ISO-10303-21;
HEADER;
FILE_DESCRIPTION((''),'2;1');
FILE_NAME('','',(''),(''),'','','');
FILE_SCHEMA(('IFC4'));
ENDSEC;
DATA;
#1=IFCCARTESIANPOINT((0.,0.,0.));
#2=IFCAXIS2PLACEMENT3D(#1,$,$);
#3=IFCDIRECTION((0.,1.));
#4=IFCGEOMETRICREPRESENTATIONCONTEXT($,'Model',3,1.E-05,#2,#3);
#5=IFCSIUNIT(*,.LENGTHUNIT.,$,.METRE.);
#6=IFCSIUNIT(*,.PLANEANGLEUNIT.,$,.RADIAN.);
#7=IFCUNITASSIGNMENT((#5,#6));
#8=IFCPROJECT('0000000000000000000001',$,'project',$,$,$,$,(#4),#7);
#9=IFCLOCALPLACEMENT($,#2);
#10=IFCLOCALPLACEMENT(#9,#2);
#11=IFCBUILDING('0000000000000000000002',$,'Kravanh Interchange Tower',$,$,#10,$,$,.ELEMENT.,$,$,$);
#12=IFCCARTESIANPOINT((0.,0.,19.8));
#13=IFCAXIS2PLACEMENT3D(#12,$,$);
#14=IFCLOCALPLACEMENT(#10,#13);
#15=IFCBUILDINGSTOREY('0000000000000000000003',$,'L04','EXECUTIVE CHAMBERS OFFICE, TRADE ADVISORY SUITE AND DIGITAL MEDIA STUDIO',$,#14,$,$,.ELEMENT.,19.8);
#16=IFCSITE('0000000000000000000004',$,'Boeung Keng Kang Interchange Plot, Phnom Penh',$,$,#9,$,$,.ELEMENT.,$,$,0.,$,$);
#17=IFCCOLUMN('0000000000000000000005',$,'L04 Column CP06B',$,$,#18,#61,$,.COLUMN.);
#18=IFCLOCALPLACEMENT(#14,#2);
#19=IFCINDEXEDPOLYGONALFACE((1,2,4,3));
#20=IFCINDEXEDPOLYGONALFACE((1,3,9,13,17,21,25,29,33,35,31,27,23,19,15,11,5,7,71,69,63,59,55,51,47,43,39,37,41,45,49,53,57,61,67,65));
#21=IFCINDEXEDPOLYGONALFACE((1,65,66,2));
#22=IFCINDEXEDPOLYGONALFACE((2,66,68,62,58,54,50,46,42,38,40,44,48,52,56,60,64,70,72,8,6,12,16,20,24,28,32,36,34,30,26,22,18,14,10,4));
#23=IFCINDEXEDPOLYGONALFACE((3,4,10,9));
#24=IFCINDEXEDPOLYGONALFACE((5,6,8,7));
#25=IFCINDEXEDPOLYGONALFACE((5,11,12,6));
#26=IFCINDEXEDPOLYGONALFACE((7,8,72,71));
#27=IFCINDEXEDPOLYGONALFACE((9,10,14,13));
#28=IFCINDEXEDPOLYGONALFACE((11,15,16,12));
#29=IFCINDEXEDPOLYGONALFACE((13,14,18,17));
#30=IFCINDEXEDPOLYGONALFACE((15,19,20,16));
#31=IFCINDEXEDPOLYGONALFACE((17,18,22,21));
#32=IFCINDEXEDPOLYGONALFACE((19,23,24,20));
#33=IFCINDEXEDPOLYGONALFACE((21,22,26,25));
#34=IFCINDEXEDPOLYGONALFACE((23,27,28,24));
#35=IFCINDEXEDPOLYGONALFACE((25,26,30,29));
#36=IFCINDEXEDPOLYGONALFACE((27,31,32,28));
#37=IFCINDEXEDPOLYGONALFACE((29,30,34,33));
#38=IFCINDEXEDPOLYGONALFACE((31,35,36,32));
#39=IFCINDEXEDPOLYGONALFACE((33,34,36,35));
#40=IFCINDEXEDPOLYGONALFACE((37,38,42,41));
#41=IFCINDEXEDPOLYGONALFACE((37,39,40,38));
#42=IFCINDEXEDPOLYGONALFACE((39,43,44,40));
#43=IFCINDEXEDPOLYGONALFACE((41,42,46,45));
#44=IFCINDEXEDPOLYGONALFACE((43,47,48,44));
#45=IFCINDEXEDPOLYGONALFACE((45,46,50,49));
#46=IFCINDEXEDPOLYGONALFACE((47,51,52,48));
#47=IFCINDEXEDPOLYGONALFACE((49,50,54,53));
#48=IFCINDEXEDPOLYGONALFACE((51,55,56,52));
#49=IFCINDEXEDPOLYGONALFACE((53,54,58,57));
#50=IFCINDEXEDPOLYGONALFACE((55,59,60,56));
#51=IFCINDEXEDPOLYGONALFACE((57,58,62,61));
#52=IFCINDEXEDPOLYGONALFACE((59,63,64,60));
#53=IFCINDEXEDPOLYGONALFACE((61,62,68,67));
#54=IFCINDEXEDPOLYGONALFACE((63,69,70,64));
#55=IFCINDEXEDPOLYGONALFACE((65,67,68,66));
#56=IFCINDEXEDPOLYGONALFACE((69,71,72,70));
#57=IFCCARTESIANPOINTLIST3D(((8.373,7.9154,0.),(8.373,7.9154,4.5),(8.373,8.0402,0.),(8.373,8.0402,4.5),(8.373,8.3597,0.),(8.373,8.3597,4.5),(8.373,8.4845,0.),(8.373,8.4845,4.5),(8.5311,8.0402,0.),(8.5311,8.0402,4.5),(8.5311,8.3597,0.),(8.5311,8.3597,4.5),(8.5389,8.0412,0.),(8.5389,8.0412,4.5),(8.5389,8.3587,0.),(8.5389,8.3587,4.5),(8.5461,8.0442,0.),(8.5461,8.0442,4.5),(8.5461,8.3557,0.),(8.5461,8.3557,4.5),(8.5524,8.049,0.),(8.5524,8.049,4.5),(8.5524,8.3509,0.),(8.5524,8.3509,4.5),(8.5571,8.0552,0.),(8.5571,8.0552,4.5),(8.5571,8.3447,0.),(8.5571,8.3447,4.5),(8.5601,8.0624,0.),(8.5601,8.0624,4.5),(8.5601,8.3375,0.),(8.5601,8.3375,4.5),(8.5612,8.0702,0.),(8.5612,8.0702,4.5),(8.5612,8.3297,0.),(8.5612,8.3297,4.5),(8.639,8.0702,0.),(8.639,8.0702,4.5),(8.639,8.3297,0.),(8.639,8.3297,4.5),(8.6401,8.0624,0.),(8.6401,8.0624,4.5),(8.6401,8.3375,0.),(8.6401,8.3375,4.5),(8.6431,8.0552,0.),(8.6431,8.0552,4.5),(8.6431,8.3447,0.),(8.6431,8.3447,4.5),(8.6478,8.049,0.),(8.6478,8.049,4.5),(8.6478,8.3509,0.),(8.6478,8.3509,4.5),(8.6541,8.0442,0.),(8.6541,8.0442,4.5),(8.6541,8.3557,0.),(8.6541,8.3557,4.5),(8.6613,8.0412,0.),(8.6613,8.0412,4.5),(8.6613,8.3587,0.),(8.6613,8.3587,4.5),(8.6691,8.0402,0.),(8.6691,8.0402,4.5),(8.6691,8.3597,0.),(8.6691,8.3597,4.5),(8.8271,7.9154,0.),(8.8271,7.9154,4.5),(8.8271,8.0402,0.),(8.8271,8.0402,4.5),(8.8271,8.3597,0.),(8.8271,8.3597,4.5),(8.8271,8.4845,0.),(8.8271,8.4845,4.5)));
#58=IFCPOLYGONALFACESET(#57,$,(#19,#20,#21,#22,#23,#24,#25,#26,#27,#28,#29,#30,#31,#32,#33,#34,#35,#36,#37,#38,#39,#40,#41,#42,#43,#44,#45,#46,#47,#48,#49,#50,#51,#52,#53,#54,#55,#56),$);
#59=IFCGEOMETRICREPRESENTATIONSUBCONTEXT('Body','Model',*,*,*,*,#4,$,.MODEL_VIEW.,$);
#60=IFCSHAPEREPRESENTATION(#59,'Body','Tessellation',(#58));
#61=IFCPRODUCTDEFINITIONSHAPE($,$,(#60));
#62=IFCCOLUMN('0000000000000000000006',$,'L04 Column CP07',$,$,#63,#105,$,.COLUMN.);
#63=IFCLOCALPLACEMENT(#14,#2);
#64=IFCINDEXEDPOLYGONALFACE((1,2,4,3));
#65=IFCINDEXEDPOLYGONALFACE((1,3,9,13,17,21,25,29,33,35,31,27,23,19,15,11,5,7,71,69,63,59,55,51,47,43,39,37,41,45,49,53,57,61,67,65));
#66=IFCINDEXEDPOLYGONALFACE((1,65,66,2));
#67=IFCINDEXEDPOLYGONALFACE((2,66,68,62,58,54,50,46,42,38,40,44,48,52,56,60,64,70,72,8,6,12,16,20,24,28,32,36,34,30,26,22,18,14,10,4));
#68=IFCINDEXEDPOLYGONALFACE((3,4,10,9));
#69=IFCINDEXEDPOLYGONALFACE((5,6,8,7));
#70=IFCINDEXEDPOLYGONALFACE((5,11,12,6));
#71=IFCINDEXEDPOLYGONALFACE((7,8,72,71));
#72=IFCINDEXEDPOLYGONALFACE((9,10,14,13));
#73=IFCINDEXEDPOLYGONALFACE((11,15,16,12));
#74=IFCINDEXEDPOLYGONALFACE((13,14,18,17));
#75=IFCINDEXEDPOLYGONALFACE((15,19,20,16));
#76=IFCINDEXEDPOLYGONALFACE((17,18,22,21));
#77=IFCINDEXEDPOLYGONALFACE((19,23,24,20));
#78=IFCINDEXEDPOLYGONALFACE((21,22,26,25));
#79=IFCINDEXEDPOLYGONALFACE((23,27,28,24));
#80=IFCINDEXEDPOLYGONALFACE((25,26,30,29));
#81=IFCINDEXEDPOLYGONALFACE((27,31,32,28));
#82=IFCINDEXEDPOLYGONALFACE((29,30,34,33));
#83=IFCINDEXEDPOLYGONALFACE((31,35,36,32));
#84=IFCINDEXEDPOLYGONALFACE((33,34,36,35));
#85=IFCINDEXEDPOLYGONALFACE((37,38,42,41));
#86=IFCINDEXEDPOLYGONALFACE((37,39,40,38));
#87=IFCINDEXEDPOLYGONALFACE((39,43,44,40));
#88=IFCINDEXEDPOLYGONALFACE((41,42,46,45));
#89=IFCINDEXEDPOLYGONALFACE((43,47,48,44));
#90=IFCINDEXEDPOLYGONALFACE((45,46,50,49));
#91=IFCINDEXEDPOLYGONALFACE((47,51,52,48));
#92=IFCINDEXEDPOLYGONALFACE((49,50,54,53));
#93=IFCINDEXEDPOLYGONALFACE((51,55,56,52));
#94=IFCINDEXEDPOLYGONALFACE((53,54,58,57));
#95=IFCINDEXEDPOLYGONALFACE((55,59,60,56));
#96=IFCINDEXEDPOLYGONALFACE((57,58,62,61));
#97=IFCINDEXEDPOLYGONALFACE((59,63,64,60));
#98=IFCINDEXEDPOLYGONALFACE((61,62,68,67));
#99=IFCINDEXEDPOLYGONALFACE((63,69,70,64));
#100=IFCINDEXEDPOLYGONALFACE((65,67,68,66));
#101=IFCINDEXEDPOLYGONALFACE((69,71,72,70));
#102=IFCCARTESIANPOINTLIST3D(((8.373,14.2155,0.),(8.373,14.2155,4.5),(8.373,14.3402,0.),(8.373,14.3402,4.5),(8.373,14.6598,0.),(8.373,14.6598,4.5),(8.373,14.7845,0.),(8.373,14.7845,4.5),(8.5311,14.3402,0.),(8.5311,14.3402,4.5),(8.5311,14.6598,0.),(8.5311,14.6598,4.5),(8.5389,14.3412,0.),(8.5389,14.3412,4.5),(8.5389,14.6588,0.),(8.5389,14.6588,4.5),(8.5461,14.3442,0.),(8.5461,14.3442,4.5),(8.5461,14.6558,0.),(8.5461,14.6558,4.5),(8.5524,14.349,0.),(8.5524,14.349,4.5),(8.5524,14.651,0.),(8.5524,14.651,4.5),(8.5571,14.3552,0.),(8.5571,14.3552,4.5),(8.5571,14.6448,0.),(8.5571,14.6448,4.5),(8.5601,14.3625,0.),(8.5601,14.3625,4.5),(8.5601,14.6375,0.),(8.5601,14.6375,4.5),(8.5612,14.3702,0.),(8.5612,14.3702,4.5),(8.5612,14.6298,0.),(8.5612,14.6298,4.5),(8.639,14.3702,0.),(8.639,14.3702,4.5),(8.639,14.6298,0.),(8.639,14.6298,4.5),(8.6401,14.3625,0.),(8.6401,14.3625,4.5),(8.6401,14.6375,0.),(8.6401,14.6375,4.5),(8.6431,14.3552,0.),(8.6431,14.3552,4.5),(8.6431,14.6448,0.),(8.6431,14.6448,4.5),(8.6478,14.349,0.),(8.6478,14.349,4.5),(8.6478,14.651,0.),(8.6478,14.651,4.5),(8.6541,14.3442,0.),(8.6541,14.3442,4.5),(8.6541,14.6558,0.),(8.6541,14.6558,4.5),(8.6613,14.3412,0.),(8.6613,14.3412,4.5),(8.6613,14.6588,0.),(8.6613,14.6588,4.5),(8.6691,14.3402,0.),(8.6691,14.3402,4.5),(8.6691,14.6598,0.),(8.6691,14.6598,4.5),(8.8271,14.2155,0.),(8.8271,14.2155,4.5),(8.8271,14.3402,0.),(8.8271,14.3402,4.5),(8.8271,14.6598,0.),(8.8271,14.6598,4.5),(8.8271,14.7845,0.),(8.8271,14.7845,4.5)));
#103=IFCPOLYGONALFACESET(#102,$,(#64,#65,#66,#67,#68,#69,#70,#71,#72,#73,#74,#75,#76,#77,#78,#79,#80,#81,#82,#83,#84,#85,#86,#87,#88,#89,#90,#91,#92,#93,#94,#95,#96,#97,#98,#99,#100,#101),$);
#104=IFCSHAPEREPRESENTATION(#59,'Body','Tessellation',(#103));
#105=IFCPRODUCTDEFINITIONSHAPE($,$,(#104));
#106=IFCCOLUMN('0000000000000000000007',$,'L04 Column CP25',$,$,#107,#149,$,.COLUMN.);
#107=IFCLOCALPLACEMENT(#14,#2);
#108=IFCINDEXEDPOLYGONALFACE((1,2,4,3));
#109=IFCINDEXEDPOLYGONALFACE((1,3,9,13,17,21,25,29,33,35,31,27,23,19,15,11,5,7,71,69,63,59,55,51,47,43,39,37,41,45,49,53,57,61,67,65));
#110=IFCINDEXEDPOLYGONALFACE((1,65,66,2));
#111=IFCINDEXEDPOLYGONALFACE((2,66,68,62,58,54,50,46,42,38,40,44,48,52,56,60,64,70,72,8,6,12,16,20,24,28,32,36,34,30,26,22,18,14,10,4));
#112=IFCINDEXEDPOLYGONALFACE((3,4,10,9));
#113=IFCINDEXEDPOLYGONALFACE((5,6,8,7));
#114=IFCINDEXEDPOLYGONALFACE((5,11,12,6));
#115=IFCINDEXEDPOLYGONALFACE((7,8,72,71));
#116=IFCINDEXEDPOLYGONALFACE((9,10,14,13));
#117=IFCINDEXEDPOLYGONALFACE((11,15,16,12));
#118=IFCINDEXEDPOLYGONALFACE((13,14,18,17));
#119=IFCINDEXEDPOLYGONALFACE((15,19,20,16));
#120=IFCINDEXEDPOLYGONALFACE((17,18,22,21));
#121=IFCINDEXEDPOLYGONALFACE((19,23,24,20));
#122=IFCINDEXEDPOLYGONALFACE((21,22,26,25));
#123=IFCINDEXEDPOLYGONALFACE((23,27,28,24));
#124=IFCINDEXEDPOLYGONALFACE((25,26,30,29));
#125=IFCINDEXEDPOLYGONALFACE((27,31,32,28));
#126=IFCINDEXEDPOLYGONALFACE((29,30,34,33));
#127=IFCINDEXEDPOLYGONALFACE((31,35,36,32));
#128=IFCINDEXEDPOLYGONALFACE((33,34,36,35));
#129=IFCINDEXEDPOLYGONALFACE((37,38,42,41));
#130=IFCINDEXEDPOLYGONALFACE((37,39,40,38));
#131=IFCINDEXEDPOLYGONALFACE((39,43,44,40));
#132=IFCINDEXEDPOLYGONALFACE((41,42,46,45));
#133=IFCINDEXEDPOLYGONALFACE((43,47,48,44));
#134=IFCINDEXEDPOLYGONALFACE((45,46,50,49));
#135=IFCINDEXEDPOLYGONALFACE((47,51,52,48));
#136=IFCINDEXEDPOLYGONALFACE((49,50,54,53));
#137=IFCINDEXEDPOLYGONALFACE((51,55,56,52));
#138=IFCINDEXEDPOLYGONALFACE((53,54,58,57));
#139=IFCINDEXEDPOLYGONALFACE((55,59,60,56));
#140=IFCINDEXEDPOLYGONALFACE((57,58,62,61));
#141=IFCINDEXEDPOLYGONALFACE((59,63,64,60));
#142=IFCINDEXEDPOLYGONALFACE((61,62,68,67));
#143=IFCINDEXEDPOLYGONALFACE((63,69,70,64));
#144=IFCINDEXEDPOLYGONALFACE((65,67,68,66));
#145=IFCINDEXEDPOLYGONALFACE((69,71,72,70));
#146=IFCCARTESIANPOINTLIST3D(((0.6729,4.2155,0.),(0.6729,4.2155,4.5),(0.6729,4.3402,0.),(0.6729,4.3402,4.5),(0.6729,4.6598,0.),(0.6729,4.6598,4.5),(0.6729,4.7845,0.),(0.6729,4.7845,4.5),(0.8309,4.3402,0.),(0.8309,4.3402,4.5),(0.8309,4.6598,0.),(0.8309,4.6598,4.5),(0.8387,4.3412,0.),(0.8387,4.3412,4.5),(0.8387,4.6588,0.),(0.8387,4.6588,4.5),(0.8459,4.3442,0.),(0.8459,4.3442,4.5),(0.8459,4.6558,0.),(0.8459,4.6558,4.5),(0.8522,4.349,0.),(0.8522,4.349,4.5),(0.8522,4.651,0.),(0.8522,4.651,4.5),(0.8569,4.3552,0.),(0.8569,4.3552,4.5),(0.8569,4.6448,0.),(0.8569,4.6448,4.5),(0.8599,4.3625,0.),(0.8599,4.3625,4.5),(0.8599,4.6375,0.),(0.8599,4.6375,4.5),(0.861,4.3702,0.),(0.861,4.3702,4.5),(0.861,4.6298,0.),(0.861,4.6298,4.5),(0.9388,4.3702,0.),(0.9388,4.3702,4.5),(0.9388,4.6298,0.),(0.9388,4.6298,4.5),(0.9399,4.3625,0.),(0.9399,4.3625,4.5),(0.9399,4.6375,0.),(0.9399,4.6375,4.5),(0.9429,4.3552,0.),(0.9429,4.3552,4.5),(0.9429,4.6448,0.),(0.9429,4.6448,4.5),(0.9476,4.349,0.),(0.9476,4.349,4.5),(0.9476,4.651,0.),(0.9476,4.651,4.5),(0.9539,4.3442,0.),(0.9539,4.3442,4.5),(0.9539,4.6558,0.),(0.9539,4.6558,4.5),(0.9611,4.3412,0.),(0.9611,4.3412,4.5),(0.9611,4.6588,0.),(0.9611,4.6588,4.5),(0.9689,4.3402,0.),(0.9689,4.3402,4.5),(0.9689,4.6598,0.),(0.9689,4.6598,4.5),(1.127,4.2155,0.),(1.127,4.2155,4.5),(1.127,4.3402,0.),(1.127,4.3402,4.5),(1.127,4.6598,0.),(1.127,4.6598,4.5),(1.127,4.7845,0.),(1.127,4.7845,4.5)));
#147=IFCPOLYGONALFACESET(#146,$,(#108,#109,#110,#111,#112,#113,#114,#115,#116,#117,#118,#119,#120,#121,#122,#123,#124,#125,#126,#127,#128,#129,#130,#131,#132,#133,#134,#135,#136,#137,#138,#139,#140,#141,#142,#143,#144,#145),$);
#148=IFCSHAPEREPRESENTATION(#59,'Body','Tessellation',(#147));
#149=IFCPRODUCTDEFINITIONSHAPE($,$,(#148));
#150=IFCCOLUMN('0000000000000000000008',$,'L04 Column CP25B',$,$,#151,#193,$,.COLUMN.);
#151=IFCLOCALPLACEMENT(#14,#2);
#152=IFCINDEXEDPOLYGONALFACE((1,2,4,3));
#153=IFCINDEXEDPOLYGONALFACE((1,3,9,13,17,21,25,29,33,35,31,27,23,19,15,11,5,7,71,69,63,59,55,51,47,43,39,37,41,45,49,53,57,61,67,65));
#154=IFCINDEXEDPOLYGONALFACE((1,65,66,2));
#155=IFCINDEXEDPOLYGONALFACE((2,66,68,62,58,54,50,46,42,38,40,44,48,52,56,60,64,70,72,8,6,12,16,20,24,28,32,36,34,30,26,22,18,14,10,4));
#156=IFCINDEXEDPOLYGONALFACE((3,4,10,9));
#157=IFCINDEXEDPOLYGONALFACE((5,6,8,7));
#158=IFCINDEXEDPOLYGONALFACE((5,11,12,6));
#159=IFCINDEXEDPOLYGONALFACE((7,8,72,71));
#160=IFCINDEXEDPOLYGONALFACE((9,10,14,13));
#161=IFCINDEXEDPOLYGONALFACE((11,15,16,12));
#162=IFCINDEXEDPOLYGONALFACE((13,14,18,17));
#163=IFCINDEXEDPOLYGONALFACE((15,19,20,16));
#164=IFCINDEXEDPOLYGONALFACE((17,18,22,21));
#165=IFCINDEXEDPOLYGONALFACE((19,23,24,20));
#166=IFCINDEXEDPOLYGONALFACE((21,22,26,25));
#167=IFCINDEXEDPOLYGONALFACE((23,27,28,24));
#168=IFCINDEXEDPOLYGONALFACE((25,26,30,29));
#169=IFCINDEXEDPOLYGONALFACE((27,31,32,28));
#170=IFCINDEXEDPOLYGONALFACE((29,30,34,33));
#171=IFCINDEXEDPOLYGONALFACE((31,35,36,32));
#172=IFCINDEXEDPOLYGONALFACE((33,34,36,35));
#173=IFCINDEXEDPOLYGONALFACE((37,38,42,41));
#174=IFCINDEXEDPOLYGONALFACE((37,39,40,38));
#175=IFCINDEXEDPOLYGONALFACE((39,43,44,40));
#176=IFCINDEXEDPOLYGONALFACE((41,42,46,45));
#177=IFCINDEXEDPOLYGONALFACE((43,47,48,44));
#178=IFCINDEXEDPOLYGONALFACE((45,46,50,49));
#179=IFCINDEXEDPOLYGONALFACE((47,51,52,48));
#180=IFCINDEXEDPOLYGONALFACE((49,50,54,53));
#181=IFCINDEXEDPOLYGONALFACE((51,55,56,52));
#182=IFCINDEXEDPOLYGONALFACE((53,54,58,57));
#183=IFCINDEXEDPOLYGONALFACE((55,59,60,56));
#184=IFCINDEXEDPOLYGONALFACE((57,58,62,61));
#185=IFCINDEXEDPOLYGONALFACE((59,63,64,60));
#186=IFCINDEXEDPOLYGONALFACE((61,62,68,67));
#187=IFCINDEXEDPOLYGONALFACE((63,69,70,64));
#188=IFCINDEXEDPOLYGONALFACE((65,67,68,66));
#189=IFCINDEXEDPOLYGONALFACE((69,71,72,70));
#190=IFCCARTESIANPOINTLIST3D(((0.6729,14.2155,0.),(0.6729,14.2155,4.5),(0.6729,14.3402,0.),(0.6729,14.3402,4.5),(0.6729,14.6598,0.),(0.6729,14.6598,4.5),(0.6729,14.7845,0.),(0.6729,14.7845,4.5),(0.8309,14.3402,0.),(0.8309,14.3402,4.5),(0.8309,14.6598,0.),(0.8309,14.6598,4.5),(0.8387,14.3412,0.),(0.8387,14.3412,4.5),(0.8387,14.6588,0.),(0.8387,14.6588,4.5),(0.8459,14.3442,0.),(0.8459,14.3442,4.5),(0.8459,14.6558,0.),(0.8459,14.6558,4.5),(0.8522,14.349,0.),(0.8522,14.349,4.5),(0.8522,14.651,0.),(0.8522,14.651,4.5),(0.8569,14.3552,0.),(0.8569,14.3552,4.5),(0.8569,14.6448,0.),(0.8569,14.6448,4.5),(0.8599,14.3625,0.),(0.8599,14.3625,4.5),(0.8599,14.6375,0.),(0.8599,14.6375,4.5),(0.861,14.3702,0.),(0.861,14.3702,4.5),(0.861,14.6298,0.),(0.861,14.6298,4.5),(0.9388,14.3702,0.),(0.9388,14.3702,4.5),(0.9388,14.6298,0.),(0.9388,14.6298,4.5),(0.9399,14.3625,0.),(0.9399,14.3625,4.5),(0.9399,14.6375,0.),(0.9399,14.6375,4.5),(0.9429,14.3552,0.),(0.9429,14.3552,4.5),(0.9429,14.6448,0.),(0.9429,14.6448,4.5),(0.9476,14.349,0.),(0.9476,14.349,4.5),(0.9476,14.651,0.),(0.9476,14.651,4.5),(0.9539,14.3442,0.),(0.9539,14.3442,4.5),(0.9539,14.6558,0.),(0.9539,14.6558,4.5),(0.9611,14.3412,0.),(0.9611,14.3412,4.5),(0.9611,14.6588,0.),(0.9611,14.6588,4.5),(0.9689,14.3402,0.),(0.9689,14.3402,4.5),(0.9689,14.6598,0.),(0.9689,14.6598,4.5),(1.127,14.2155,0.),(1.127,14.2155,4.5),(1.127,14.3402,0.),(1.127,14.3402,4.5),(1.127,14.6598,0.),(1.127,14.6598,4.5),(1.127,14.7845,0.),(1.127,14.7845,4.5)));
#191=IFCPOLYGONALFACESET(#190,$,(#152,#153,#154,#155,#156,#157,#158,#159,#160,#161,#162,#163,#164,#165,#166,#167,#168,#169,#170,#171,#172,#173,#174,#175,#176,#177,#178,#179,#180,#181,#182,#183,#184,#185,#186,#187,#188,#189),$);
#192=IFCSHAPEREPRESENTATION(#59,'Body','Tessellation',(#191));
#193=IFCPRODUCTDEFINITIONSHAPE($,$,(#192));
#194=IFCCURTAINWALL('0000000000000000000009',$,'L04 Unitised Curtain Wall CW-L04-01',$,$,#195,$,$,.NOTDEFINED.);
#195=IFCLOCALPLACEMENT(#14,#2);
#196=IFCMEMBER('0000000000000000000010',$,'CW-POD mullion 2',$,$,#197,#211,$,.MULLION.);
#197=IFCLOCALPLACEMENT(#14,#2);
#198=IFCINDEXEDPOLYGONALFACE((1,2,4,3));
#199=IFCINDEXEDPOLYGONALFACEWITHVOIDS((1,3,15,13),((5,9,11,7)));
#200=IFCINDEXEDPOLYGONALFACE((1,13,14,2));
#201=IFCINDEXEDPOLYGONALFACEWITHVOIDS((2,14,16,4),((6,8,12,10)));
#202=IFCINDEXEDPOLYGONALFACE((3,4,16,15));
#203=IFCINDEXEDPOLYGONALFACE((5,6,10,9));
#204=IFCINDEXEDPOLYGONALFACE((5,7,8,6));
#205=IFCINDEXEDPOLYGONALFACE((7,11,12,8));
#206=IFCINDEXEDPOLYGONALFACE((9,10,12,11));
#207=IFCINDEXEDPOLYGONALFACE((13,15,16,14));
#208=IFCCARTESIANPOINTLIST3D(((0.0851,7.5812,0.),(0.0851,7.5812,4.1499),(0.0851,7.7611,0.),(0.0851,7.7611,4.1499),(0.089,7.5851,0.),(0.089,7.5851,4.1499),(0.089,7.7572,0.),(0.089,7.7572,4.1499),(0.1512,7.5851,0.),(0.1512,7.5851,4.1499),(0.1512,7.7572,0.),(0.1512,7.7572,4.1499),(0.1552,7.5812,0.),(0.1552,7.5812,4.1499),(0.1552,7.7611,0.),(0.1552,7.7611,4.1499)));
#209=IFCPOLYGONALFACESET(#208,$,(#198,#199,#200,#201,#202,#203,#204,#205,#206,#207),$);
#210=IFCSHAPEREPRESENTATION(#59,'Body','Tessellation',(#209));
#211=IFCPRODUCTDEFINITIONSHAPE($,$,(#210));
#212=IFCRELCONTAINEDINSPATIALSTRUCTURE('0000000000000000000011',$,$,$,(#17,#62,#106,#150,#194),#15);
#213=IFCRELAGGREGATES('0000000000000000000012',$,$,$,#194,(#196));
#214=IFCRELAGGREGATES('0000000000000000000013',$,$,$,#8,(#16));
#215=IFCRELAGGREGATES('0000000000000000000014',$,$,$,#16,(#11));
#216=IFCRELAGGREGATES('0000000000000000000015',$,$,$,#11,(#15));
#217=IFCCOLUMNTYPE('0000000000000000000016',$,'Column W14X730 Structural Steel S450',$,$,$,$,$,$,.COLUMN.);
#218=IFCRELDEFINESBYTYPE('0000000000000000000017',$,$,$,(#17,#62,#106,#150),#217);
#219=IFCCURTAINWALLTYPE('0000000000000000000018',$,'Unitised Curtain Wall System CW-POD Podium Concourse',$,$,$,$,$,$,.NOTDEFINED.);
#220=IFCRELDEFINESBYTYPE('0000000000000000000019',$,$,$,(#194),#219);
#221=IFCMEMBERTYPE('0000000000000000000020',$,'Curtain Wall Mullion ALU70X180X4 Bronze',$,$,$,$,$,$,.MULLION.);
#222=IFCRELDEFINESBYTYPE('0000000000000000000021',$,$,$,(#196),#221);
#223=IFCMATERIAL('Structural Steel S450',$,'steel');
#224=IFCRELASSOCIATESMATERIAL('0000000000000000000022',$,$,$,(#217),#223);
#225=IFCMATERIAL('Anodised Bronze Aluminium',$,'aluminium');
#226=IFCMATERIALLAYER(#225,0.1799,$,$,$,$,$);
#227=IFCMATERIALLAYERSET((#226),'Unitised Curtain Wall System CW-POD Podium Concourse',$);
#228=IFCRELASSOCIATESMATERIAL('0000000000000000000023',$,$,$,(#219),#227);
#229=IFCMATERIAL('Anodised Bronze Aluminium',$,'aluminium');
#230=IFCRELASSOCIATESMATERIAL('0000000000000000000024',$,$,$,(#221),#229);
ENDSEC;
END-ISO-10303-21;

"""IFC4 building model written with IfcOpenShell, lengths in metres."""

from ifc_helpers import new_model, si_unit, direction, frame, origin, origin_2d, place, context, subcontext, project, spatial, hollow_rectangle, i_section, extrude, material, layer, layer_set, material_profile, profile_set, type_object, element, aggregate, save


model = new_model("IFC4")

# Units and contexts
model_context = context("Model", 3, precision=1e-05, world=origin(), true_north=direction((0.0, 1.0)))
body_context = subcontext(model_context, "Body", "Model", "MODEL_VIEW")
ifc_project = project(units=[si_unit("LENGTHUNIT", "METRE"), si_unit("PLANEANGLEUNIT", "RADIAN")], contexts=[model_context])

# Site, building, storey
site_placement = place(None, origin())
site = spatial("IfcSite", under=ifc_project, at=site_placement, Name="Boeung Keng Kang Interchange Plot, Phnom Penh", CompositionType="ELEMENT", RefElevation=0.0)
building_placement = place(site_placement, origin())
building = spatial("IfcBuilding", under=site, at=building_placement, Name="Kravanh Interchange Tower", CompositionType="ELEMENT")
storey_placement = place(building_placement, frame((0.0, 0.0, 19.8)))
storey = spatial("IfcBuildingStorey", under=building, at=storey_placement, Name="L04", Description="EXECUTIVE CHAMBERS OFFICE, TRADE ADVISORY SUITE AND DIGITAL MEDIA STUDIO", CompositionType="ELEMENT", Elevation=19.8)

# Columns
ifc_material_1 = material(Name="Structural Steel S450", Category="steel")
ifc_material_profile_1 = material_profile(ifc_material_1, i_section(OverallWidth=0.4541, OverallDepth=0.5691, WebThickness=0.0779, FlangeThickness=0.1248, FilletRadius=0.03, at=origin_2d()), Name="W14X730")
ifc_profile_set_1 = profile_set([ifc_material_profile_1], Name="Structural Steel S450")
column_type = type_object("IfcColumnType", Name="Column W14X730 Structural Steel S450", PredefinedType="COLUMN", material=ifc_profile_set_1)
for number, where, z_axis, x_axis, name in (
    (1, (8.6001, 8.2, 0.0), (0.0, 0.0, 1.0), (1.0, 0.0, 0.0), "L04 Column CP06B"),
    (2, (8.6001, 14.5, 0.0), (0.0, 0.0, 1.0), (1.0, 0.0, 0.0), "L04 Column CP07"),
    (3, (0.8999, 4.5, 0.0), (0.0, 0.0, 1.0), (1.0, 0.0, 0.0), "L04 Column CP25"),
    (4, (0.8999, 14.5, 0.0), (0.0, 0.0, 1.0), (1.0, 0.0, 0.0), "L04 Column CP25B"),
):
    element("IfcColumn", number, at=place(storey_placement, frame(where, z_axis=z_axis, x_axis=x_axis)), inside=storey, type_object=column_type, Name=name, PredefinedType="COLUMN", context=body_context, shape_type="SweptSolid", body=[
        extrude(i_section(OverallWidth=0.4541, OverallDepth=0.5691, WebThickness=0.0779, FlangeThickness=0.1248, FilletRadius=0.03, at=origin_2d()), origin(), (0.0, 0.0, 1.0), 4.5),
    ])

# Curtain wall, member
ifc_material_2 = material(Name="Anodised Bronze Aluminium", Category="aluminium")
ifc_layer_1 = layer(ifc_material_2, 0.1799)
ifc_layer_set_1 = layer_set([ifc_layer_1], Name="Unitised Curtain Wall System CW-POD Podium Concourse")
curtain_wall_type = type_object("IfcCurtainWallType", Name="Unitised Curtain Wall System CW-POD Podium Concourse", PredefinedType="NOTDEFINED", material=ifc_layer_set_1)
curtain_wall_placement = place(storey_placement, origin())
curtain_wall = element("IfcCurtainWall", 5, at=curtain_wall_placement, inside=storey, type_object=curtain_wall_type, Name="L04 Unitised Curtain Wall CW-L04-01", PredefinedType="NOTDEFINED")
ifc_material_3 = material(Name="Anodised Bronze Aluminium", Category="aluminium")
ifc_material_profile_2 = material_profile(ifc_material_3, hollow_rectangle(XDim=0.0701, YDim=0.1799, WallThickness=0.0039, at=origin_2d()), Name="ALU70X180X4")
ifc_profile_set_2 = profile_set([ifc_material_profile_2], Name="Anodised Bronze Aluminium")
member_type_1 = type_object("IfcMemberType", Name="Curtain Wall Mullion ALU70X180X4 Bronze", PredefinedType="MULLION", material=ifc_profile_set_2)
member_1_placement = place(storey_placement, frame((0.1201, 7.6711, 0.0), z_axis=(0.0, 0.0, 1.0), x_axis=(-1.0, 0.0, 0.0)))
member_1 = element("IfcMember", 6, at=member_1_placement, type_object=member_type_1, Name="CW-POD mullion 2", PredefinedType="MULLION", context=body_context, shape_type="SweptSolid", body=[
    extrude(hollow_rectangle(XDim=0.0701, YDim=0.1799, WallThickness=0.0039, at=origin_2d()), origin(), (0.0, 0.0, 1.0), 4.1499),
])

aggregate(curtain_wall, [member_1])

save(model, "model.ifc")
